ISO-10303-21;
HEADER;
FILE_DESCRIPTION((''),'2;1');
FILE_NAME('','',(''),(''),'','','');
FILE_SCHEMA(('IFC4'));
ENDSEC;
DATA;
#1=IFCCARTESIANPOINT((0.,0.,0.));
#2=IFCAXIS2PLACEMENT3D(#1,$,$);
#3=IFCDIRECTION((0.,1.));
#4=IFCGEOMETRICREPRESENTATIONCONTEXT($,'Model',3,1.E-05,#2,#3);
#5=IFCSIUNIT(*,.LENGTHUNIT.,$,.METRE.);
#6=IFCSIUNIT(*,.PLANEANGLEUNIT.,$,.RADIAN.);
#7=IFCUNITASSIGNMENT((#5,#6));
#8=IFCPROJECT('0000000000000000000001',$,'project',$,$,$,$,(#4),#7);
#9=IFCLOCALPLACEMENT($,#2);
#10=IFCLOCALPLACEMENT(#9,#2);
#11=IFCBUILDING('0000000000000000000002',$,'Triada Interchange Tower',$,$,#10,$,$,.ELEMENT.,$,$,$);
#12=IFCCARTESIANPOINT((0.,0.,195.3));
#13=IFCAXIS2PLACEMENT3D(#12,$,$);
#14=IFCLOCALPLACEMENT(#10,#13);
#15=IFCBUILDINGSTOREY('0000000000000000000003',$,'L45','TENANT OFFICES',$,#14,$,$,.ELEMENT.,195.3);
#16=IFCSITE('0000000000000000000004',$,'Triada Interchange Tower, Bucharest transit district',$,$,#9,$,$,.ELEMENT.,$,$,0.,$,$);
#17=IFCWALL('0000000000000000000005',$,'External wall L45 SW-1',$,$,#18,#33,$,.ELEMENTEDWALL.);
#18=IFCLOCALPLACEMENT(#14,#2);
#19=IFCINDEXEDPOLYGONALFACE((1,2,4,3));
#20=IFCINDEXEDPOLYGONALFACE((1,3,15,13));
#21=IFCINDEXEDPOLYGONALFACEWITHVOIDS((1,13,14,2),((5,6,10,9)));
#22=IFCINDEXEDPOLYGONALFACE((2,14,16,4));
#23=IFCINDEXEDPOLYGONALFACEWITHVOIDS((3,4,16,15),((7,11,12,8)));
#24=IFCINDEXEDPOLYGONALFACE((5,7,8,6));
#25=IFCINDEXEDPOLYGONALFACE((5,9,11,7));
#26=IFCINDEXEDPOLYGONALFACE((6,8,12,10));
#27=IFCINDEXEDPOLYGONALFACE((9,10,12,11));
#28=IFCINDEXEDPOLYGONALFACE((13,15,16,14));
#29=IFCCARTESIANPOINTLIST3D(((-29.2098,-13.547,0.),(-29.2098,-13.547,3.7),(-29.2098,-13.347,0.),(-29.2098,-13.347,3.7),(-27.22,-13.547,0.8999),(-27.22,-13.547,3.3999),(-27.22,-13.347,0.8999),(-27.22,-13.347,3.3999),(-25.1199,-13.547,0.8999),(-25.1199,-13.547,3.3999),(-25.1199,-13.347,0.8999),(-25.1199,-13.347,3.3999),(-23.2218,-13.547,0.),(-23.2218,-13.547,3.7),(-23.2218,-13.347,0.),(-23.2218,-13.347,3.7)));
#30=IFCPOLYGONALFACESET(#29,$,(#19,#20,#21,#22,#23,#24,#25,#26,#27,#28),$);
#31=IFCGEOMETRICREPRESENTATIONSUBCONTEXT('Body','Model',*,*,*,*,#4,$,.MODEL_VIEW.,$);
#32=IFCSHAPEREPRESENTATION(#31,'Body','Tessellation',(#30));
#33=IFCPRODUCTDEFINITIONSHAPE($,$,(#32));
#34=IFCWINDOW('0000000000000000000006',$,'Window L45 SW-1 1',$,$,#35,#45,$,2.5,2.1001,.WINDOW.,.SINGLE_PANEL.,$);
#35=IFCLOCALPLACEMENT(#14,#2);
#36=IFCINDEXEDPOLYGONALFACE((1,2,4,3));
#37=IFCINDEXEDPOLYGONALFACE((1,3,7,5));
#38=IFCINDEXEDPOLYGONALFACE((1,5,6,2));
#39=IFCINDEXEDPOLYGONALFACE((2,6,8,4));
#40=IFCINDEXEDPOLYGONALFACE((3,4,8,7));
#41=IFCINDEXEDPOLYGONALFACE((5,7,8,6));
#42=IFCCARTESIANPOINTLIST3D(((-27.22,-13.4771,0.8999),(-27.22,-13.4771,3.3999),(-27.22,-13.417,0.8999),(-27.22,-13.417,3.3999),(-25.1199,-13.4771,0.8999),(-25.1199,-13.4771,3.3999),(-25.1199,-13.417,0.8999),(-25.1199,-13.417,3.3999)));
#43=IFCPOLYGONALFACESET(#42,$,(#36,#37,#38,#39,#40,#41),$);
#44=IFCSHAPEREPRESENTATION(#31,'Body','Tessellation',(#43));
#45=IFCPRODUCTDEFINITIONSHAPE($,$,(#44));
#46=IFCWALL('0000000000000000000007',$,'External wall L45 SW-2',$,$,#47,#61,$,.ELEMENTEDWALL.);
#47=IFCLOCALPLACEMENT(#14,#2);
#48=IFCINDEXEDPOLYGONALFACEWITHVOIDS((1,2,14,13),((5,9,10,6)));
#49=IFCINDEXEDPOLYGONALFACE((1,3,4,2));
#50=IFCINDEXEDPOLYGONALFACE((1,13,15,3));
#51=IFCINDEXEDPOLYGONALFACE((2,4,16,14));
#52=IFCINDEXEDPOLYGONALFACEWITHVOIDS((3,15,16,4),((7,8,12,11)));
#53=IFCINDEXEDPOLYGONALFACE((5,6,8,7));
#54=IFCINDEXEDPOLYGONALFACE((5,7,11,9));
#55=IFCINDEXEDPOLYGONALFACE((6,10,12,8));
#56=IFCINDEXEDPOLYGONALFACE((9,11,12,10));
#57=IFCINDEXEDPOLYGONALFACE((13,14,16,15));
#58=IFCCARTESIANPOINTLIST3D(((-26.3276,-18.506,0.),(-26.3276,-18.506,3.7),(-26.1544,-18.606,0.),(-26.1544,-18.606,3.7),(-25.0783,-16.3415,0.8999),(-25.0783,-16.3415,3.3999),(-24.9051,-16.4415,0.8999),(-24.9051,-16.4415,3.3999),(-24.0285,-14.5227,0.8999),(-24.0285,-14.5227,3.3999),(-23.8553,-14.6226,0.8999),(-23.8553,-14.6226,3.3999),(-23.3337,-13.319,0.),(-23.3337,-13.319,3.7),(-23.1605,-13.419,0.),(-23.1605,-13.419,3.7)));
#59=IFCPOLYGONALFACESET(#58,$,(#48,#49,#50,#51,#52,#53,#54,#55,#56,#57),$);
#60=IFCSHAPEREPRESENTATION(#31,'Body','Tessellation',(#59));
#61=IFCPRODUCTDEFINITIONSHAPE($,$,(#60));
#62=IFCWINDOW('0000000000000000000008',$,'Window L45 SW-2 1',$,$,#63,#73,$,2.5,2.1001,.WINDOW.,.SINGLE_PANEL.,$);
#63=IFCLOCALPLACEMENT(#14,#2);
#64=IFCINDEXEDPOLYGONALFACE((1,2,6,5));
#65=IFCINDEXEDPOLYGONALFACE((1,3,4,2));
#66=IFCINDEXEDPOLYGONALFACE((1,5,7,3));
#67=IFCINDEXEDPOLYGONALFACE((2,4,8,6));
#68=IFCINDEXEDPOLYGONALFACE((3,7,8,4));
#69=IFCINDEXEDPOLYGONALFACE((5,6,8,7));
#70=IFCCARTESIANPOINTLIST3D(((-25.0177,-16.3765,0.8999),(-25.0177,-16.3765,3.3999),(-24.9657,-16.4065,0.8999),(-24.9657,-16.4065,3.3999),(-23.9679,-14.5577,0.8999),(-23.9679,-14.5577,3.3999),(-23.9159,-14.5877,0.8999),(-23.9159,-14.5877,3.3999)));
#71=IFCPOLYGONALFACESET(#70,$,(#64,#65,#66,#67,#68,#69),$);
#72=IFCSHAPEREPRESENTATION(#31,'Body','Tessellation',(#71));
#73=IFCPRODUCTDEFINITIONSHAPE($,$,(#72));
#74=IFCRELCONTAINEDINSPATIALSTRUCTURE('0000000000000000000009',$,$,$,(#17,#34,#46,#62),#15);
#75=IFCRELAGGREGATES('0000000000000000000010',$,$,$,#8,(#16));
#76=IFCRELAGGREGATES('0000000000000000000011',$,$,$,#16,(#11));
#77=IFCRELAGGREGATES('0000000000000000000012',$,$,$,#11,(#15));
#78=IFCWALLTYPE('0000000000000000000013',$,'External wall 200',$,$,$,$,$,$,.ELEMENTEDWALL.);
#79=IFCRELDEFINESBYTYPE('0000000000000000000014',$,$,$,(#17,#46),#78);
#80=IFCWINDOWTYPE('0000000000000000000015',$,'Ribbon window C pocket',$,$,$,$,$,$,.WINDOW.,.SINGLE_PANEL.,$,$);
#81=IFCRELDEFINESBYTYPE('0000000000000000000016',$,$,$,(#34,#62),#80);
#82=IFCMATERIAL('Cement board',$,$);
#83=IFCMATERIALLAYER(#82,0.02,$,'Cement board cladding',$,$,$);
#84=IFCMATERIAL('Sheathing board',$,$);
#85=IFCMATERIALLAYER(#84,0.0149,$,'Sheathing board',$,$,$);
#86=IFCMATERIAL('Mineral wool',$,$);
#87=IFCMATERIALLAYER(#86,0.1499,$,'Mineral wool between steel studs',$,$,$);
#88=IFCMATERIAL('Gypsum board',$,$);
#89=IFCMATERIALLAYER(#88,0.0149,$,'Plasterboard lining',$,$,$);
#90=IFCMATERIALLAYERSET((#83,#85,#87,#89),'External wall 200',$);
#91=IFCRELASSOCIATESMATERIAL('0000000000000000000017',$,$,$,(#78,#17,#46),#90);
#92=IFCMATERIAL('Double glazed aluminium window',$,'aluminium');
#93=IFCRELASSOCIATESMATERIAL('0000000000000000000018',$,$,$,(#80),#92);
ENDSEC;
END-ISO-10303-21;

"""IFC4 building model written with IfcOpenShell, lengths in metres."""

from ifc_helpers import new_model, si_unit, direction, frame, frame_2d, origin, place, context, subcontext, project, spatial, rectangle, extrude, material, layer, layer_set, layer_usage, type_object, element, fill, save


model = new_model("IFC4")

# Units and contexts
model_context = context("Model", 3, precision=1e-05, world=origin(), true_north=direction((0.0, 1.0)))
body_context = subcontext(model_context, "Body", "Model", "MODEL_VIEW")
ifc_project = project(units=[si_unit("LENGTHUNIT", "METRE"), si_unit("PLANEANGLEUNIT", "RADIAN")], contexts=[model_context])

# Site, building, storey
site_placement = place(None, origin())
site = spatial("IfcSite", under=ifc_project, at=site_placement, Name="Triada Interchange Tower, Bucharest transit district", CompositionType="ELEMENT", RefElevation=0.0)
building_placement = place(site_placement, origin())
building = spatial("IfcBuilding", under=site, at=building_placement, Name="Triada Interchange Tower", CompositionType="ELEMENT")
storey_placement = place(building_placement, frame((0.0, 0.0, 195.3)))
storey = spatial("IfcBuildingStorey", under=building, at=storey_placement, Name="L45", Description="TENANT OFFICES", CompositionType="ELEMENT", Elevation=195.3)

# Walls, openings, windows
ifc_material_1 = material(Name="Cement board")
ifc_layer_1 = layer(ifc_material_1, 0.02, Name="Cement board cladding")
ifc_material_2 = material(Name="Sheathing board")
ifc_layer_2 = layer(ifc_material_2, 0.0149, Name="Sheathing board")
ifc_material_3 = material(Name="Mineral wool")
ifc_layer_3 = layer(ifc_material_3, 0.1499, Name="Mineral wool between steel studs")
ifc_material_4 = material(Name="Gypsum board")
ifc_layer_4 = layer(ifc_material_4, 0.0149, Name="Plasterboard lining")
ifc_layer_set_1 = layer_set([ifc_layer_1, ifc_layer_2, ifc_layer_3, ifc_layer_4], Name="External wall 200")
ifc_layer_usage = layer_usage(ifc_layer_set_1, "AXIS2", "POSITIVE", -0.1001)
wall_type_1 = type_object("IfcWallType", Name="External wall 200", PredefinedType="ELEMENTEDWALL", material=ifc_layer_set_1)
wall_1_placement = place(storey_placement, frame((-29.21, -13.447, 0.0), z_axis=(0.0, 0.0, 1.0), x_axis=(1.0, 0.0, 0.0)))
wall_1 = element("IfcWall", 1, at=wall_1_placement, inside=storey, type_object=wall_type_1, material=ifc_layer_usage, Name="External wall L45 SW-1", PredefinedType="ELEMENTEDWALL", context=body_context, shape_type="SweptSolid", body=[
    extrude(rectangle(XDim=5.988, YDim=0.2, at=frame_2d((2.9941, 0.0))), origin(), (0.0, 0.0, 1.0), 3.7),
])
opening_1_placement = place(wall_1_placement, frame((1.99, 0.0, 0.8999)))
opening_1 = element("IfcOpeningElement", 2, at=opening_1_placement, cuts=wall_1, PredefinedType="OPENING", context=body_context, shape_type="SweptSolid", body=[
    extrude(rectangle(XDim=2.1001, YDim=2.5, at=frame_2d((1.05, 1.25))), frame((0.0, 0.1099, 0.0), z_axis=(0.0, -1.0, 0.0), x_axis=(1.0, 0.0, 0.0)), (0.0, 0.0, 1.0), 0.22),
])
ifc_material_5 = material(Name="Double glazed aluminium window", Category="aluminium")
window_type_1 = type_object("IfcWindowType", Name="Ribbon window C pocket", PartitioningType="SINGLE_PANEL", PredefinedType="WINDOW", material=ifc_material_5)
window_1_placement = place(opening_1_placement, origin())
window_1 = element("IfcWindow", 3, at=window_1_placement, inside=storey, type_object=window_type_1, Name="Window L45 SW-1 1", OverallHeight=2.5, OverallWidth=2.1001, PartitioningType="SINGLE_PANEL", PredefinedType="WINDOW", context=body_context, shape_type="SweptSolid", body=[
    extrude(rectangle(XDim=2.1001, YDim=2.5, at=frame_2d((1.05, 1.25))), frame((0.0, 0.03, 0.0), z_axis=(0.0, -1.0, 0.0), x_axis=(1.0, 0.0, 0.0)), (0.0, 0.0, 1.0), 0.0601),
])
fill(opening_1, window_1)
wall_2_placement = place(storey_placement, frame((-23.2471, -13.3689, 0.0), z_axis=(0.0, 0.0, 1.0), x_axis=(-0.499897, -0.866085, 0.0)))
wall_2 = element("IfcWall", 4, at=wall_2_placement, inside=storey, type_object=wall_type_1, material=ifc_layer_usage, Name="External wall L45 SW-2", PredefinedType="ELEMENTEDWALL", context=body_context, shape_type="SweptSolid", body=[
    extrude(rectangle(XDim=5.989, YDim=0.2, at=frame_2d((2.9946, 0.0))), origin(), (0.0, 0.0, 1.0), 3.7),
])
opening_2_placement = place(wall_2_placement, frame((1.3899, 0.0, 0.8999)))
opening_2 = element("IfcOpeningElement", 5, at=opening_2_placement, cuts=wall_2, PredefinedType="OPENING", context=body_context, shape_type="SweptSolid", body=[
    extrude(rectangle(XDim=2.1001, YDim=2.5, at=frame_2d((1.05, 1.25))), frame((0.0, 0.1099, 0.0), z_axis=(0.0, -1.0, 0.0), x_axis=(1.0, 0.0, 0.0)), (0.0, 0.0, 1.0), 0.22),
])
window_2_placement = place(opening_2_placement, origin())
window_2 = element("IfcWindow", 6, at=window_2_placement, inside=storey, type_object=window_type_1, Name="Window L45 SW-2 1", OverallHeight=2.5, OverallWidth=2.1001, PartitioningType="SINGLE_PANEL", PredefinedType="WINDOW", context=body_context, shape_type="SweptSolid", body=[
    extrude(rectangle(XDim=2.1001, YDim=2.5, at=frame_2d((1.05, 1.25))), frame((0.0, 0.03, 0.0), z_axis=(0.0, -1.0, 0.0), x_axis=(1.0, 0.0, 0.0)), (0.0, 0.0, 1.0), 0.0601),
])
fill(opening_2, window_2)

save(model, "model.ifc")
